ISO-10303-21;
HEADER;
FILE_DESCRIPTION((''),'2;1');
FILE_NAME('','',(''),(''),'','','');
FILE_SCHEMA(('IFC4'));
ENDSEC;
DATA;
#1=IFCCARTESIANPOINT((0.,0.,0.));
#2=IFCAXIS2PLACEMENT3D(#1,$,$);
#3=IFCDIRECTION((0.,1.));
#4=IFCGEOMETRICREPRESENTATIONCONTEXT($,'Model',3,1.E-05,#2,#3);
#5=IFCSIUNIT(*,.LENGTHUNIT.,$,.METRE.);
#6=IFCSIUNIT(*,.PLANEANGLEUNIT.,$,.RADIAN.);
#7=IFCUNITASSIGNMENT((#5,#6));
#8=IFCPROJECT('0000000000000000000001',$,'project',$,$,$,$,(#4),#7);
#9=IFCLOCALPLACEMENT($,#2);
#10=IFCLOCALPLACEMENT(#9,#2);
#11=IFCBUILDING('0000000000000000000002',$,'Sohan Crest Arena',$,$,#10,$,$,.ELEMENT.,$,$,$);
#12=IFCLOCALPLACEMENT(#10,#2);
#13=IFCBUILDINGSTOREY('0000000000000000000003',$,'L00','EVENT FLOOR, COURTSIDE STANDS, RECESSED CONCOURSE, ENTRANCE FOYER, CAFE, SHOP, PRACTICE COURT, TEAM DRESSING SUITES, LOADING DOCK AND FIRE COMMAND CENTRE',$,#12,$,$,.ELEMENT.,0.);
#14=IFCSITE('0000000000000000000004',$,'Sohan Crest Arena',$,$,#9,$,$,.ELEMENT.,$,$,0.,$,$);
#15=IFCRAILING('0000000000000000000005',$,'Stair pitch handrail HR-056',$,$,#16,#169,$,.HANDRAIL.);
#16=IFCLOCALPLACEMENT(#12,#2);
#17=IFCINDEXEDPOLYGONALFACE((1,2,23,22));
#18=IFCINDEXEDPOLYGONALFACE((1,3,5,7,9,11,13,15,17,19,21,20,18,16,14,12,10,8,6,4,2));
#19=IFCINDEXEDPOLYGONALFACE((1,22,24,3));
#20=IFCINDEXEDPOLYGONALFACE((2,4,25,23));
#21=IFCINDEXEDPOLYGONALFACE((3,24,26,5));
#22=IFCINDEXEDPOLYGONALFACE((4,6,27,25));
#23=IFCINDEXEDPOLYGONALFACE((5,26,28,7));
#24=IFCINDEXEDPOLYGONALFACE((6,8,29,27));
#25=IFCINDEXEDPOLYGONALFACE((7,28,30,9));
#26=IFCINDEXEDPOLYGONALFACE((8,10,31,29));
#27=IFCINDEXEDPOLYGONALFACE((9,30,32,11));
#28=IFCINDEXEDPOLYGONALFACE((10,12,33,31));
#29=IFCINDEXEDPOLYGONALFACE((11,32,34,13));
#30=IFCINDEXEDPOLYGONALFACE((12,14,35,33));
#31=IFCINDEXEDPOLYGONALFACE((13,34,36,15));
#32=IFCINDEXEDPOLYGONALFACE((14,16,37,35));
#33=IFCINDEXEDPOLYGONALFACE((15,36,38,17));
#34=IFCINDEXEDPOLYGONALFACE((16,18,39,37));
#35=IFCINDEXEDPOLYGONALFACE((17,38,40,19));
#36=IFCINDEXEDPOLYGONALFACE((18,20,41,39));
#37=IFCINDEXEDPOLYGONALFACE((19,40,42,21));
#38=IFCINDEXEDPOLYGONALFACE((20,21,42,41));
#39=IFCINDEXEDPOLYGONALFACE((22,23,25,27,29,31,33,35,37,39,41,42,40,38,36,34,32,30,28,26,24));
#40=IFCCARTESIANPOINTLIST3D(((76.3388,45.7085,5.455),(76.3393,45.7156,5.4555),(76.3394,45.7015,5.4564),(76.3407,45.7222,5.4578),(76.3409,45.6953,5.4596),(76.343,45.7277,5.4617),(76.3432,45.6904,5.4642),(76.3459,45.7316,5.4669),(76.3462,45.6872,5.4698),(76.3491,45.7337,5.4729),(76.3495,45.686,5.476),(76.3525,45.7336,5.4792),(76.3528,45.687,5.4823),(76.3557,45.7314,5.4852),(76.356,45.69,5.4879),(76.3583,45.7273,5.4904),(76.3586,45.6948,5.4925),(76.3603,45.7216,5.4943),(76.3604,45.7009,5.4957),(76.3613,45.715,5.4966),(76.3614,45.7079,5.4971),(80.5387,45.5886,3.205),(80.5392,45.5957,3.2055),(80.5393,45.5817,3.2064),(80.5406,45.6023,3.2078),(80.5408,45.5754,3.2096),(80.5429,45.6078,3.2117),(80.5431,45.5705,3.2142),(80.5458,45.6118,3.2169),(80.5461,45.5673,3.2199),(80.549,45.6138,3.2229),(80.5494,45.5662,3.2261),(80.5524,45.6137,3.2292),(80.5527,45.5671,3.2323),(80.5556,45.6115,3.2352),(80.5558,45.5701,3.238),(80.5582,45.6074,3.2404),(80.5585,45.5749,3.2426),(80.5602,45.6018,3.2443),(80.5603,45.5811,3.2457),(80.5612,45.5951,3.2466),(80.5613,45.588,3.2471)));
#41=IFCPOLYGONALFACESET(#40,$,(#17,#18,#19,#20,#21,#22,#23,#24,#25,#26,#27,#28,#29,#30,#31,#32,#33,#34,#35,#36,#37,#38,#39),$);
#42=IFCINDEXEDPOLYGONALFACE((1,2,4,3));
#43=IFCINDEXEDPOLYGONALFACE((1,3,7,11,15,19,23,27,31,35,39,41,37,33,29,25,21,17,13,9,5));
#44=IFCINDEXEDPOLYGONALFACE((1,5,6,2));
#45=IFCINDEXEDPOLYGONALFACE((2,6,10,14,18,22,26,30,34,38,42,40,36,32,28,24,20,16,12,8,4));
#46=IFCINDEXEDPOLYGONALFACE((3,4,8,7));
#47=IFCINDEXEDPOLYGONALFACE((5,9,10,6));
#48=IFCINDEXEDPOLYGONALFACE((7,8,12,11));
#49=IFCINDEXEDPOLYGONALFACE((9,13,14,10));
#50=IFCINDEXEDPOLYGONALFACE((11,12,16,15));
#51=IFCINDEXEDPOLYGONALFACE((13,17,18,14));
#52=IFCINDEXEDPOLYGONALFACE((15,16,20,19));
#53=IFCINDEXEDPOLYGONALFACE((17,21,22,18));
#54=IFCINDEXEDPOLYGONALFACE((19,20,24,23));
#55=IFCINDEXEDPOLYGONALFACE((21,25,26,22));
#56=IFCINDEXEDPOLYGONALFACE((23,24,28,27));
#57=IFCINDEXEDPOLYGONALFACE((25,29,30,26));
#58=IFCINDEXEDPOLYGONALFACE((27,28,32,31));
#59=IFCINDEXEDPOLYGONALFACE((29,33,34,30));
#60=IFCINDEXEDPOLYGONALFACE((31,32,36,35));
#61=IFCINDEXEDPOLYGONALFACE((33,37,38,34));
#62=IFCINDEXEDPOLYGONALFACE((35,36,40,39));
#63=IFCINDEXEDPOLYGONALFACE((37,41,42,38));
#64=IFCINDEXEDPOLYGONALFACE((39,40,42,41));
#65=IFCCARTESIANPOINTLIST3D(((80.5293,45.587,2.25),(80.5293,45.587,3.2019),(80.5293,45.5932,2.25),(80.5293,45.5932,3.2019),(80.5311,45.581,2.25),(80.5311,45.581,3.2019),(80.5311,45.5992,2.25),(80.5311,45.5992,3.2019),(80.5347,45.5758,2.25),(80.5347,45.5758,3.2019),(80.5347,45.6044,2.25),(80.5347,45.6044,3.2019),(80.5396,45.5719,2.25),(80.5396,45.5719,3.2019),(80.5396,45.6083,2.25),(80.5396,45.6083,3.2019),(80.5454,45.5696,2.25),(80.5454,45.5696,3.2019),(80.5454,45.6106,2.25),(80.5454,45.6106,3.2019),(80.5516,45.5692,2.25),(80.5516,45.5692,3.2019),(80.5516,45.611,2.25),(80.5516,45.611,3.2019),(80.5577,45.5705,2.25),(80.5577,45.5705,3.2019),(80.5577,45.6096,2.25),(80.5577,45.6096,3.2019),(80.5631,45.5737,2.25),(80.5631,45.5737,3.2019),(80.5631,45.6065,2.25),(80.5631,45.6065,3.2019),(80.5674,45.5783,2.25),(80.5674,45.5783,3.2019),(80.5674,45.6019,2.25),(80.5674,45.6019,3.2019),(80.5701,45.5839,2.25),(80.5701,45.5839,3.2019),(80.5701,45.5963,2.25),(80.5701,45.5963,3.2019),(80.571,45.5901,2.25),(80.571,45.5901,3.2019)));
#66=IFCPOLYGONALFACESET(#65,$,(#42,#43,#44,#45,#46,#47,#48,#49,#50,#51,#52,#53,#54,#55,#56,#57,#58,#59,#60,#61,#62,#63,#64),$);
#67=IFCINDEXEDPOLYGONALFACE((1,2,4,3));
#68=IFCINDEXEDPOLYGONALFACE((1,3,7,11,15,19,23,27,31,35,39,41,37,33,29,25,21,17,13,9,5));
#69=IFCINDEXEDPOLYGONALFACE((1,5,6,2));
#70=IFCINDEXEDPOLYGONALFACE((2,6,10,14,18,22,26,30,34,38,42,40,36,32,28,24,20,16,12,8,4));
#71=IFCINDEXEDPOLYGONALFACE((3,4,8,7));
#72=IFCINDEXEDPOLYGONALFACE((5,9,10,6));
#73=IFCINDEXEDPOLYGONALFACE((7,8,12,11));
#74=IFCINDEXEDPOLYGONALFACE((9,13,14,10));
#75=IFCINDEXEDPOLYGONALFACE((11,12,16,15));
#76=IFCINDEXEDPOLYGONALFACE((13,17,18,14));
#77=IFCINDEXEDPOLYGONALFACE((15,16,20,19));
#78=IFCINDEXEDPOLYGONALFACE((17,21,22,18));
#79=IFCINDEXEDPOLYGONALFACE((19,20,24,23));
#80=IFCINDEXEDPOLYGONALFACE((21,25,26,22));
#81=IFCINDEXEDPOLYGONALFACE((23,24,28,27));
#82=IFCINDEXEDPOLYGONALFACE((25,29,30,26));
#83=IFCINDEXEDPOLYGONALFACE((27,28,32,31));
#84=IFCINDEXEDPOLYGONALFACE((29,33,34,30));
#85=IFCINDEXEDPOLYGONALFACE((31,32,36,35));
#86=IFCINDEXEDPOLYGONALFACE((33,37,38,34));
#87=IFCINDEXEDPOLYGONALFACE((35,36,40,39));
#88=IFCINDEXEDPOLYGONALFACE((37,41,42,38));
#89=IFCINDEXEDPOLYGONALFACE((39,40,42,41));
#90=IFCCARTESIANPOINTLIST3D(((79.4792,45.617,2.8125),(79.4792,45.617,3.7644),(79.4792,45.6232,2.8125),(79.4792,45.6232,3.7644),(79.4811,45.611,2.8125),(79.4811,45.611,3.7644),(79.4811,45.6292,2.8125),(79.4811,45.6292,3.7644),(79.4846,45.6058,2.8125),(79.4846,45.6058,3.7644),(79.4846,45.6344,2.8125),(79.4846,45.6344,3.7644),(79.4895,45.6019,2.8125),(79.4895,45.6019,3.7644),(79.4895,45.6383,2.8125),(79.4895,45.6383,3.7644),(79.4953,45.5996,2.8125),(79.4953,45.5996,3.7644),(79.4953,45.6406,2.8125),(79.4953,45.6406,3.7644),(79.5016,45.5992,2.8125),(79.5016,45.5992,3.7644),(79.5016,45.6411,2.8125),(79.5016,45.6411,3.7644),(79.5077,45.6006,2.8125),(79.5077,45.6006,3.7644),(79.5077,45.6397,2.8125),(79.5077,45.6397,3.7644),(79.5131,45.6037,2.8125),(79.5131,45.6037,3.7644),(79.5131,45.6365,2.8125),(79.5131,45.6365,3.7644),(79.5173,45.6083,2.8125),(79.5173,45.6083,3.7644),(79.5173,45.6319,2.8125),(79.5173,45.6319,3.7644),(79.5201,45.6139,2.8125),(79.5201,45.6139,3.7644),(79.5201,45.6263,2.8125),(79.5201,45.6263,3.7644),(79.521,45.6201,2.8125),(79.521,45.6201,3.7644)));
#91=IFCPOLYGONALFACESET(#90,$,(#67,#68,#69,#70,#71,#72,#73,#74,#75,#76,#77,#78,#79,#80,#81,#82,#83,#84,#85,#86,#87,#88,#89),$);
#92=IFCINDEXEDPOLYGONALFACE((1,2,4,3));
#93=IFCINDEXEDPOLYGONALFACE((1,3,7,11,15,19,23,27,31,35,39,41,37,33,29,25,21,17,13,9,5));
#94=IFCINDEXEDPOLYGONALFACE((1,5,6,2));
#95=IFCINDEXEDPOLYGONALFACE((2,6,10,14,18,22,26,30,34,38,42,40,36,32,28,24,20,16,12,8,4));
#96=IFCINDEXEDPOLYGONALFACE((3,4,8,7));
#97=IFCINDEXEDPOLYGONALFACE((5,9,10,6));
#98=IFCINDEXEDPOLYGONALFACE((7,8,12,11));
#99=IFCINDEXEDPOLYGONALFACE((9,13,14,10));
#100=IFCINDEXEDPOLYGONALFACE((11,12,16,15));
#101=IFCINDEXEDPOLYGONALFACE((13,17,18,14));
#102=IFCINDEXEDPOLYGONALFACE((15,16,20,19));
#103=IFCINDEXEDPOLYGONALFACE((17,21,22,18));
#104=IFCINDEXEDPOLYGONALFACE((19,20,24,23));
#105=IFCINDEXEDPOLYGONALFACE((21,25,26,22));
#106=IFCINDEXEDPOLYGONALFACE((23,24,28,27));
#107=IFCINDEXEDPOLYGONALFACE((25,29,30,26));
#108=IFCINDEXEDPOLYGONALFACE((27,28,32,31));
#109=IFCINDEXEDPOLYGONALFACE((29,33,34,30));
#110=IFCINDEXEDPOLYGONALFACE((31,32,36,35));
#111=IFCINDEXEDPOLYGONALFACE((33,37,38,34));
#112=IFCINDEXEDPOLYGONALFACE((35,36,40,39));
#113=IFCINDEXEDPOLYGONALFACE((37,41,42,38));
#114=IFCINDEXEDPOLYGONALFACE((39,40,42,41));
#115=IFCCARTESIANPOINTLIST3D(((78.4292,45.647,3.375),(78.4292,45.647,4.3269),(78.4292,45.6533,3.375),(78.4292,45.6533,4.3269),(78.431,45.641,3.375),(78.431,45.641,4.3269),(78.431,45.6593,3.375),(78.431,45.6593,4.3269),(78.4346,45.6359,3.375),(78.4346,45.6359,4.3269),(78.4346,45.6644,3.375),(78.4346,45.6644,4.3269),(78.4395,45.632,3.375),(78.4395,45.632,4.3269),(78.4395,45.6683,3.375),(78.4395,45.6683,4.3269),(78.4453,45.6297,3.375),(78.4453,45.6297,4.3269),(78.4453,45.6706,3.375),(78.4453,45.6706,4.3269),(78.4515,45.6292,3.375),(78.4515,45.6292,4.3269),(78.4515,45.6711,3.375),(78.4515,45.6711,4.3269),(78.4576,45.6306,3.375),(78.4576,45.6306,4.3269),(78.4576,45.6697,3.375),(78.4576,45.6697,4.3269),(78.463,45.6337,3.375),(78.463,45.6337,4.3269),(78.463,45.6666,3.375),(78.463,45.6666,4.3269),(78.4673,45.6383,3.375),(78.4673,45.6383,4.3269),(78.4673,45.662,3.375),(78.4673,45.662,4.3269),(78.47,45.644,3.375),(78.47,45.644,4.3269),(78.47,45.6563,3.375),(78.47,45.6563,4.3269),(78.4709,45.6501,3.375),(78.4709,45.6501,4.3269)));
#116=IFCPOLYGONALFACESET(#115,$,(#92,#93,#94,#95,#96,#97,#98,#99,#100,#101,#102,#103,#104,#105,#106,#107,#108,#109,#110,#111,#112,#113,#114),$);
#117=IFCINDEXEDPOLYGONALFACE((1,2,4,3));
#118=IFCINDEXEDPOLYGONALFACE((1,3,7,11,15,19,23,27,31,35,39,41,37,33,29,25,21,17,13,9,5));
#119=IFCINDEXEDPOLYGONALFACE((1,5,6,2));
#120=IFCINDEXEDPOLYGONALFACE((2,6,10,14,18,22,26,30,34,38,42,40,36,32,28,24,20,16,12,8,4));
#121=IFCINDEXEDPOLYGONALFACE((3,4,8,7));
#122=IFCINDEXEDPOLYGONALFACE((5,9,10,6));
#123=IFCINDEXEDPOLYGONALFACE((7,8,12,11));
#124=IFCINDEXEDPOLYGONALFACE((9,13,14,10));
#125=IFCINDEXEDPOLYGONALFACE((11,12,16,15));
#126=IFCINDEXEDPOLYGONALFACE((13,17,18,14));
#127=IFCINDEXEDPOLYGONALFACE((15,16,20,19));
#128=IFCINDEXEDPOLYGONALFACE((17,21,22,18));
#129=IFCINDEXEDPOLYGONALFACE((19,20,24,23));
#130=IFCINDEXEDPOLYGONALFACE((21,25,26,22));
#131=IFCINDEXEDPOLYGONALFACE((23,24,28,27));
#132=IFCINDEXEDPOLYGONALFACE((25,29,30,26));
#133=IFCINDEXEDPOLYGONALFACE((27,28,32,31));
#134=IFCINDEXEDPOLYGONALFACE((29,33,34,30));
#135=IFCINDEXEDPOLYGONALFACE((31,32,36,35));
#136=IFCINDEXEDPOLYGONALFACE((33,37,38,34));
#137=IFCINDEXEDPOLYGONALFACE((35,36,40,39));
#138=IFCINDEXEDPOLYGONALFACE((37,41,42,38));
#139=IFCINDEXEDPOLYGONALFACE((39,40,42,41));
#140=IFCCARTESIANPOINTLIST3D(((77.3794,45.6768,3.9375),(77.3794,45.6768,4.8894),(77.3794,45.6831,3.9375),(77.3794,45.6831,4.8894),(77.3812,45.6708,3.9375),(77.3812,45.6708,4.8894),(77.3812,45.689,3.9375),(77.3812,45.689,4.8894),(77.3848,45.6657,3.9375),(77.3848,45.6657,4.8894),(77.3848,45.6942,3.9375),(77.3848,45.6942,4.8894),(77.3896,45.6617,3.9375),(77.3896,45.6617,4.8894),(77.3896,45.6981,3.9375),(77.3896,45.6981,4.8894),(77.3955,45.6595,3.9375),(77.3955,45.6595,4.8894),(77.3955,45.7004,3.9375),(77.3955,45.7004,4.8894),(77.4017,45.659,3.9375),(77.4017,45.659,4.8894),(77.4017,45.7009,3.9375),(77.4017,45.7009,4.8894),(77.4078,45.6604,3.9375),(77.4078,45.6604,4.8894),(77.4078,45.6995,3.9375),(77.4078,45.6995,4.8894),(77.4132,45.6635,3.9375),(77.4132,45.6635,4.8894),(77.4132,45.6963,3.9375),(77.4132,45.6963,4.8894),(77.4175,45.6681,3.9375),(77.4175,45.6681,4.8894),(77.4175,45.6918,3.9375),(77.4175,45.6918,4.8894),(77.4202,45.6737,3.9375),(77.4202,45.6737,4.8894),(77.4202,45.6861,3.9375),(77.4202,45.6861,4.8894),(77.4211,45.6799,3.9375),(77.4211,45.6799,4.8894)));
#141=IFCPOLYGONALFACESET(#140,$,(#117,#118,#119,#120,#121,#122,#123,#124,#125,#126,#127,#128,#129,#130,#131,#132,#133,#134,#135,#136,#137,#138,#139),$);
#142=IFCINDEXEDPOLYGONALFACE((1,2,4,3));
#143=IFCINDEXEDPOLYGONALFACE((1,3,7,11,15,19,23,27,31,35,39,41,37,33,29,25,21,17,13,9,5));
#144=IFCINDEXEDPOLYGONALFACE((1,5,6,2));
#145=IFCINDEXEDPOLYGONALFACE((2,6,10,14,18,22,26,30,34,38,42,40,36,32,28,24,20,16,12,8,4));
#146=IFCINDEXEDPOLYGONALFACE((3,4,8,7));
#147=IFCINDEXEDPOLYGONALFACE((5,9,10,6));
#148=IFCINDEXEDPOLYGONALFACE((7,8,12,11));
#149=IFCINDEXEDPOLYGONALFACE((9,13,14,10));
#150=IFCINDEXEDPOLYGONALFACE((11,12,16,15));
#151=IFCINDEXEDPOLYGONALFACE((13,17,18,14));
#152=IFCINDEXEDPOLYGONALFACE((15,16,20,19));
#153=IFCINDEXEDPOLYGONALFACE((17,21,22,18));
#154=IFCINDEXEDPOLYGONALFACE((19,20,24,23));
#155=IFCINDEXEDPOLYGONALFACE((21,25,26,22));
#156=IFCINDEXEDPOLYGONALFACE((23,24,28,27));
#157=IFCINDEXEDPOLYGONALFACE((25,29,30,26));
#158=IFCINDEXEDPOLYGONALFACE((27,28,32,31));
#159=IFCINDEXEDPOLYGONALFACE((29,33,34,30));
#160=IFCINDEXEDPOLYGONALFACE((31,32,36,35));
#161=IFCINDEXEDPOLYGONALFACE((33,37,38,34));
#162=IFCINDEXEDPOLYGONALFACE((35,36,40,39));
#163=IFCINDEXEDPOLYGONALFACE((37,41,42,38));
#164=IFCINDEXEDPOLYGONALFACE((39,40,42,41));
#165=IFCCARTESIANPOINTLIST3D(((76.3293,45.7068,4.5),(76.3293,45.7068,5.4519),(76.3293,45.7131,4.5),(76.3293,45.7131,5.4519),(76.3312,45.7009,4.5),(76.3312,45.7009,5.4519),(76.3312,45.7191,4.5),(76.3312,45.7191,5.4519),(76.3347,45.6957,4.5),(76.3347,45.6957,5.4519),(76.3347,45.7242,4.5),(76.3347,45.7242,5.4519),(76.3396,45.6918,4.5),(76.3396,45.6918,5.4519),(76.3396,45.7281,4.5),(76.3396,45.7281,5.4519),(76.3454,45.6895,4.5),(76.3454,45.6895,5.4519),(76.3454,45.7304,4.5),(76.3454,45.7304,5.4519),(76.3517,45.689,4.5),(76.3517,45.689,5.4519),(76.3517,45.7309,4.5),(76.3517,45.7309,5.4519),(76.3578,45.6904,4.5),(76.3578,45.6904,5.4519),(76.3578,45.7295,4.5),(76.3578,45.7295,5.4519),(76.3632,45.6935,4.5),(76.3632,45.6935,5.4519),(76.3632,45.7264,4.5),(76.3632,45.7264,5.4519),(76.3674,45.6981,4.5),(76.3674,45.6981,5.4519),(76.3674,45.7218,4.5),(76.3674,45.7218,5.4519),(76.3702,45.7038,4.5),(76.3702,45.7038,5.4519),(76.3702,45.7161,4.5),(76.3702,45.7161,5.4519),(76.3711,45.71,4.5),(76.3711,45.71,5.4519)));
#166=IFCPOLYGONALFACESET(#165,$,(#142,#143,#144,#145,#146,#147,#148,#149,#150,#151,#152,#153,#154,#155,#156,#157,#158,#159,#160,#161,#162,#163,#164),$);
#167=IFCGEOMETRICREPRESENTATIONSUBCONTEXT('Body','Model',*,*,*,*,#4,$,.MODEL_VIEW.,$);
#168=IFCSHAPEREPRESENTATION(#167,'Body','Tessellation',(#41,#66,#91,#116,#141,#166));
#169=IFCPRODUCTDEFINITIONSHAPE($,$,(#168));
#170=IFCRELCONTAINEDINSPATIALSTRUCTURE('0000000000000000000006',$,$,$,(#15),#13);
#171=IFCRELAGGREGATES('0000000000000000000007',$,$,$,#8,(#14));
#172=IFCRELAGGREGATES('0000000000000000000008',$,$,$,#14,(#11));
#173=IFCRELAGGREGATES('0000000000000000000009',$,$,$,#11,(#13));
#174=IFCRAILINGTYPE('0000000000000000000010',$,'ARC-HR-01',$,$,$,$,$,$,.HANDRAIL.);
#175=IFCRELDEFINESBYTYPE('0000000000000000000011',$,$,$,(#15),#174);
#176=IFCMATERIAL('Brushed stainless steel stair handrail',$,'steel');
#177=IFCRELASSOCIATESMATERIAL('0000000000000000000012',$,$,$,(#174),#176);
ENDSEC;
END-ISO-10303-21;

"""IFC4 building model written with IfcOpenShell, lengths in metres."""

from ifc_helpers import new_model, si_unit, direction, frame, origin, origin_2d, place, context, subcontext, project, spatial, circle, extrude, material, type_object, element, save


model = new_model("IFC4")

# Units and contexts
model_context = context("Model", 3, precision=1e-05, world=origin(), true_north=direction((0.0, 1.0)))
body_context = subcontext(model_context, "Body", "Model", "MODEL_VIEW")
ifc_project = project(units=[si_unit("LENGTHUNIT", "METRE"), si_unit("PLANEANGLEUNIT", "RADIAN")], contexts=[model_context])

# Site, building, storey
site_placement = place(None, origin())
site = spatial("IfcSite", under=ifc_project, at=site_placement, Name="Sohan Crest Arena", CompositionType="ELEMENT", RefElevation=0.0)
building_placement = place(site_placement, origin())
building = spatial("IfcBuilding", under=site, at=building_placement, Name="Sohan Crest Arena", CompositionType="ELEMENT")
storey_placement = place(building_placement, origin())
storey = spatial("IfcBuildingStorey", under=building, at=storey_placement, Name="L00", Description="EVENT FLOOR, COURTSIDE STANDS, RECESSED CONCOURSE, ENTRANCE FOYER, CAFE, SHOP, PRACTICE COURT, TEAM DRESSING SUITES, LOADING DOCK AND FIRE COMMAND CENTRE", CompositionType="ELEMENT", Elevation=0.0)

# Railing
ifc_material_1 = material(Name="Brushed stainless steel stair handrail", Category="steel")
railing_type = type_object("IfcRailingType", Name="ARC-HR-01", PredefinedType="HANDRAIL", material=ifc_material_1)
railing_1_placement = place(storey_placement, frame((80.55, 45.5901, 2.25)))
element("IfcRailing", 1, at=railing_1_placement, inside=storey, type_object=railing_type, Name="Stair pitch handrail HR-056", PredefinedType="HANDRAIL", context=body_context, shape_type="SweptSolid", body=[
    extrude(circle(Radius=0.0239, at=origin_2d()), frame((0.0, 0.0, 0.9761), z_axis=(-0.881199, 0.025151, 0.472076), x_axis=(-0.02853, -0.999593, 0.0)), (0.0, 0.0, 1.0), 4.7661),
    extrude(circle(Radius=0.021, at=origin_2d()), origin(), (0.0, 0.0, 1.0), 0.9519),
    extrude(circle(Radius=0.021, at=origin_2d()), frame((-1.05, 0.03, 0.5625)), (0.0, 0.0, 1.0), 0.9519),
    extrude(circle(Radius=0.021, at=origin_2d()), frame((-2.1001, 0.0601, 1.125)), (0.0, 0.0, 1.0), 0.9519),
    extrude(circle(Radius=0.021, at=origin_2d()), frame((-3.1499, 0.0898, 1.6875)), (0.0, 0.0, 1.0), 0.9519),
    extrude(circle(Radius=0.021, at=origin_2d()), frame((-4.2, 0.1199, 2.25)), (0.0, 0.0, 1.0), 0.9519),
])

save(model, "model.ifc")
